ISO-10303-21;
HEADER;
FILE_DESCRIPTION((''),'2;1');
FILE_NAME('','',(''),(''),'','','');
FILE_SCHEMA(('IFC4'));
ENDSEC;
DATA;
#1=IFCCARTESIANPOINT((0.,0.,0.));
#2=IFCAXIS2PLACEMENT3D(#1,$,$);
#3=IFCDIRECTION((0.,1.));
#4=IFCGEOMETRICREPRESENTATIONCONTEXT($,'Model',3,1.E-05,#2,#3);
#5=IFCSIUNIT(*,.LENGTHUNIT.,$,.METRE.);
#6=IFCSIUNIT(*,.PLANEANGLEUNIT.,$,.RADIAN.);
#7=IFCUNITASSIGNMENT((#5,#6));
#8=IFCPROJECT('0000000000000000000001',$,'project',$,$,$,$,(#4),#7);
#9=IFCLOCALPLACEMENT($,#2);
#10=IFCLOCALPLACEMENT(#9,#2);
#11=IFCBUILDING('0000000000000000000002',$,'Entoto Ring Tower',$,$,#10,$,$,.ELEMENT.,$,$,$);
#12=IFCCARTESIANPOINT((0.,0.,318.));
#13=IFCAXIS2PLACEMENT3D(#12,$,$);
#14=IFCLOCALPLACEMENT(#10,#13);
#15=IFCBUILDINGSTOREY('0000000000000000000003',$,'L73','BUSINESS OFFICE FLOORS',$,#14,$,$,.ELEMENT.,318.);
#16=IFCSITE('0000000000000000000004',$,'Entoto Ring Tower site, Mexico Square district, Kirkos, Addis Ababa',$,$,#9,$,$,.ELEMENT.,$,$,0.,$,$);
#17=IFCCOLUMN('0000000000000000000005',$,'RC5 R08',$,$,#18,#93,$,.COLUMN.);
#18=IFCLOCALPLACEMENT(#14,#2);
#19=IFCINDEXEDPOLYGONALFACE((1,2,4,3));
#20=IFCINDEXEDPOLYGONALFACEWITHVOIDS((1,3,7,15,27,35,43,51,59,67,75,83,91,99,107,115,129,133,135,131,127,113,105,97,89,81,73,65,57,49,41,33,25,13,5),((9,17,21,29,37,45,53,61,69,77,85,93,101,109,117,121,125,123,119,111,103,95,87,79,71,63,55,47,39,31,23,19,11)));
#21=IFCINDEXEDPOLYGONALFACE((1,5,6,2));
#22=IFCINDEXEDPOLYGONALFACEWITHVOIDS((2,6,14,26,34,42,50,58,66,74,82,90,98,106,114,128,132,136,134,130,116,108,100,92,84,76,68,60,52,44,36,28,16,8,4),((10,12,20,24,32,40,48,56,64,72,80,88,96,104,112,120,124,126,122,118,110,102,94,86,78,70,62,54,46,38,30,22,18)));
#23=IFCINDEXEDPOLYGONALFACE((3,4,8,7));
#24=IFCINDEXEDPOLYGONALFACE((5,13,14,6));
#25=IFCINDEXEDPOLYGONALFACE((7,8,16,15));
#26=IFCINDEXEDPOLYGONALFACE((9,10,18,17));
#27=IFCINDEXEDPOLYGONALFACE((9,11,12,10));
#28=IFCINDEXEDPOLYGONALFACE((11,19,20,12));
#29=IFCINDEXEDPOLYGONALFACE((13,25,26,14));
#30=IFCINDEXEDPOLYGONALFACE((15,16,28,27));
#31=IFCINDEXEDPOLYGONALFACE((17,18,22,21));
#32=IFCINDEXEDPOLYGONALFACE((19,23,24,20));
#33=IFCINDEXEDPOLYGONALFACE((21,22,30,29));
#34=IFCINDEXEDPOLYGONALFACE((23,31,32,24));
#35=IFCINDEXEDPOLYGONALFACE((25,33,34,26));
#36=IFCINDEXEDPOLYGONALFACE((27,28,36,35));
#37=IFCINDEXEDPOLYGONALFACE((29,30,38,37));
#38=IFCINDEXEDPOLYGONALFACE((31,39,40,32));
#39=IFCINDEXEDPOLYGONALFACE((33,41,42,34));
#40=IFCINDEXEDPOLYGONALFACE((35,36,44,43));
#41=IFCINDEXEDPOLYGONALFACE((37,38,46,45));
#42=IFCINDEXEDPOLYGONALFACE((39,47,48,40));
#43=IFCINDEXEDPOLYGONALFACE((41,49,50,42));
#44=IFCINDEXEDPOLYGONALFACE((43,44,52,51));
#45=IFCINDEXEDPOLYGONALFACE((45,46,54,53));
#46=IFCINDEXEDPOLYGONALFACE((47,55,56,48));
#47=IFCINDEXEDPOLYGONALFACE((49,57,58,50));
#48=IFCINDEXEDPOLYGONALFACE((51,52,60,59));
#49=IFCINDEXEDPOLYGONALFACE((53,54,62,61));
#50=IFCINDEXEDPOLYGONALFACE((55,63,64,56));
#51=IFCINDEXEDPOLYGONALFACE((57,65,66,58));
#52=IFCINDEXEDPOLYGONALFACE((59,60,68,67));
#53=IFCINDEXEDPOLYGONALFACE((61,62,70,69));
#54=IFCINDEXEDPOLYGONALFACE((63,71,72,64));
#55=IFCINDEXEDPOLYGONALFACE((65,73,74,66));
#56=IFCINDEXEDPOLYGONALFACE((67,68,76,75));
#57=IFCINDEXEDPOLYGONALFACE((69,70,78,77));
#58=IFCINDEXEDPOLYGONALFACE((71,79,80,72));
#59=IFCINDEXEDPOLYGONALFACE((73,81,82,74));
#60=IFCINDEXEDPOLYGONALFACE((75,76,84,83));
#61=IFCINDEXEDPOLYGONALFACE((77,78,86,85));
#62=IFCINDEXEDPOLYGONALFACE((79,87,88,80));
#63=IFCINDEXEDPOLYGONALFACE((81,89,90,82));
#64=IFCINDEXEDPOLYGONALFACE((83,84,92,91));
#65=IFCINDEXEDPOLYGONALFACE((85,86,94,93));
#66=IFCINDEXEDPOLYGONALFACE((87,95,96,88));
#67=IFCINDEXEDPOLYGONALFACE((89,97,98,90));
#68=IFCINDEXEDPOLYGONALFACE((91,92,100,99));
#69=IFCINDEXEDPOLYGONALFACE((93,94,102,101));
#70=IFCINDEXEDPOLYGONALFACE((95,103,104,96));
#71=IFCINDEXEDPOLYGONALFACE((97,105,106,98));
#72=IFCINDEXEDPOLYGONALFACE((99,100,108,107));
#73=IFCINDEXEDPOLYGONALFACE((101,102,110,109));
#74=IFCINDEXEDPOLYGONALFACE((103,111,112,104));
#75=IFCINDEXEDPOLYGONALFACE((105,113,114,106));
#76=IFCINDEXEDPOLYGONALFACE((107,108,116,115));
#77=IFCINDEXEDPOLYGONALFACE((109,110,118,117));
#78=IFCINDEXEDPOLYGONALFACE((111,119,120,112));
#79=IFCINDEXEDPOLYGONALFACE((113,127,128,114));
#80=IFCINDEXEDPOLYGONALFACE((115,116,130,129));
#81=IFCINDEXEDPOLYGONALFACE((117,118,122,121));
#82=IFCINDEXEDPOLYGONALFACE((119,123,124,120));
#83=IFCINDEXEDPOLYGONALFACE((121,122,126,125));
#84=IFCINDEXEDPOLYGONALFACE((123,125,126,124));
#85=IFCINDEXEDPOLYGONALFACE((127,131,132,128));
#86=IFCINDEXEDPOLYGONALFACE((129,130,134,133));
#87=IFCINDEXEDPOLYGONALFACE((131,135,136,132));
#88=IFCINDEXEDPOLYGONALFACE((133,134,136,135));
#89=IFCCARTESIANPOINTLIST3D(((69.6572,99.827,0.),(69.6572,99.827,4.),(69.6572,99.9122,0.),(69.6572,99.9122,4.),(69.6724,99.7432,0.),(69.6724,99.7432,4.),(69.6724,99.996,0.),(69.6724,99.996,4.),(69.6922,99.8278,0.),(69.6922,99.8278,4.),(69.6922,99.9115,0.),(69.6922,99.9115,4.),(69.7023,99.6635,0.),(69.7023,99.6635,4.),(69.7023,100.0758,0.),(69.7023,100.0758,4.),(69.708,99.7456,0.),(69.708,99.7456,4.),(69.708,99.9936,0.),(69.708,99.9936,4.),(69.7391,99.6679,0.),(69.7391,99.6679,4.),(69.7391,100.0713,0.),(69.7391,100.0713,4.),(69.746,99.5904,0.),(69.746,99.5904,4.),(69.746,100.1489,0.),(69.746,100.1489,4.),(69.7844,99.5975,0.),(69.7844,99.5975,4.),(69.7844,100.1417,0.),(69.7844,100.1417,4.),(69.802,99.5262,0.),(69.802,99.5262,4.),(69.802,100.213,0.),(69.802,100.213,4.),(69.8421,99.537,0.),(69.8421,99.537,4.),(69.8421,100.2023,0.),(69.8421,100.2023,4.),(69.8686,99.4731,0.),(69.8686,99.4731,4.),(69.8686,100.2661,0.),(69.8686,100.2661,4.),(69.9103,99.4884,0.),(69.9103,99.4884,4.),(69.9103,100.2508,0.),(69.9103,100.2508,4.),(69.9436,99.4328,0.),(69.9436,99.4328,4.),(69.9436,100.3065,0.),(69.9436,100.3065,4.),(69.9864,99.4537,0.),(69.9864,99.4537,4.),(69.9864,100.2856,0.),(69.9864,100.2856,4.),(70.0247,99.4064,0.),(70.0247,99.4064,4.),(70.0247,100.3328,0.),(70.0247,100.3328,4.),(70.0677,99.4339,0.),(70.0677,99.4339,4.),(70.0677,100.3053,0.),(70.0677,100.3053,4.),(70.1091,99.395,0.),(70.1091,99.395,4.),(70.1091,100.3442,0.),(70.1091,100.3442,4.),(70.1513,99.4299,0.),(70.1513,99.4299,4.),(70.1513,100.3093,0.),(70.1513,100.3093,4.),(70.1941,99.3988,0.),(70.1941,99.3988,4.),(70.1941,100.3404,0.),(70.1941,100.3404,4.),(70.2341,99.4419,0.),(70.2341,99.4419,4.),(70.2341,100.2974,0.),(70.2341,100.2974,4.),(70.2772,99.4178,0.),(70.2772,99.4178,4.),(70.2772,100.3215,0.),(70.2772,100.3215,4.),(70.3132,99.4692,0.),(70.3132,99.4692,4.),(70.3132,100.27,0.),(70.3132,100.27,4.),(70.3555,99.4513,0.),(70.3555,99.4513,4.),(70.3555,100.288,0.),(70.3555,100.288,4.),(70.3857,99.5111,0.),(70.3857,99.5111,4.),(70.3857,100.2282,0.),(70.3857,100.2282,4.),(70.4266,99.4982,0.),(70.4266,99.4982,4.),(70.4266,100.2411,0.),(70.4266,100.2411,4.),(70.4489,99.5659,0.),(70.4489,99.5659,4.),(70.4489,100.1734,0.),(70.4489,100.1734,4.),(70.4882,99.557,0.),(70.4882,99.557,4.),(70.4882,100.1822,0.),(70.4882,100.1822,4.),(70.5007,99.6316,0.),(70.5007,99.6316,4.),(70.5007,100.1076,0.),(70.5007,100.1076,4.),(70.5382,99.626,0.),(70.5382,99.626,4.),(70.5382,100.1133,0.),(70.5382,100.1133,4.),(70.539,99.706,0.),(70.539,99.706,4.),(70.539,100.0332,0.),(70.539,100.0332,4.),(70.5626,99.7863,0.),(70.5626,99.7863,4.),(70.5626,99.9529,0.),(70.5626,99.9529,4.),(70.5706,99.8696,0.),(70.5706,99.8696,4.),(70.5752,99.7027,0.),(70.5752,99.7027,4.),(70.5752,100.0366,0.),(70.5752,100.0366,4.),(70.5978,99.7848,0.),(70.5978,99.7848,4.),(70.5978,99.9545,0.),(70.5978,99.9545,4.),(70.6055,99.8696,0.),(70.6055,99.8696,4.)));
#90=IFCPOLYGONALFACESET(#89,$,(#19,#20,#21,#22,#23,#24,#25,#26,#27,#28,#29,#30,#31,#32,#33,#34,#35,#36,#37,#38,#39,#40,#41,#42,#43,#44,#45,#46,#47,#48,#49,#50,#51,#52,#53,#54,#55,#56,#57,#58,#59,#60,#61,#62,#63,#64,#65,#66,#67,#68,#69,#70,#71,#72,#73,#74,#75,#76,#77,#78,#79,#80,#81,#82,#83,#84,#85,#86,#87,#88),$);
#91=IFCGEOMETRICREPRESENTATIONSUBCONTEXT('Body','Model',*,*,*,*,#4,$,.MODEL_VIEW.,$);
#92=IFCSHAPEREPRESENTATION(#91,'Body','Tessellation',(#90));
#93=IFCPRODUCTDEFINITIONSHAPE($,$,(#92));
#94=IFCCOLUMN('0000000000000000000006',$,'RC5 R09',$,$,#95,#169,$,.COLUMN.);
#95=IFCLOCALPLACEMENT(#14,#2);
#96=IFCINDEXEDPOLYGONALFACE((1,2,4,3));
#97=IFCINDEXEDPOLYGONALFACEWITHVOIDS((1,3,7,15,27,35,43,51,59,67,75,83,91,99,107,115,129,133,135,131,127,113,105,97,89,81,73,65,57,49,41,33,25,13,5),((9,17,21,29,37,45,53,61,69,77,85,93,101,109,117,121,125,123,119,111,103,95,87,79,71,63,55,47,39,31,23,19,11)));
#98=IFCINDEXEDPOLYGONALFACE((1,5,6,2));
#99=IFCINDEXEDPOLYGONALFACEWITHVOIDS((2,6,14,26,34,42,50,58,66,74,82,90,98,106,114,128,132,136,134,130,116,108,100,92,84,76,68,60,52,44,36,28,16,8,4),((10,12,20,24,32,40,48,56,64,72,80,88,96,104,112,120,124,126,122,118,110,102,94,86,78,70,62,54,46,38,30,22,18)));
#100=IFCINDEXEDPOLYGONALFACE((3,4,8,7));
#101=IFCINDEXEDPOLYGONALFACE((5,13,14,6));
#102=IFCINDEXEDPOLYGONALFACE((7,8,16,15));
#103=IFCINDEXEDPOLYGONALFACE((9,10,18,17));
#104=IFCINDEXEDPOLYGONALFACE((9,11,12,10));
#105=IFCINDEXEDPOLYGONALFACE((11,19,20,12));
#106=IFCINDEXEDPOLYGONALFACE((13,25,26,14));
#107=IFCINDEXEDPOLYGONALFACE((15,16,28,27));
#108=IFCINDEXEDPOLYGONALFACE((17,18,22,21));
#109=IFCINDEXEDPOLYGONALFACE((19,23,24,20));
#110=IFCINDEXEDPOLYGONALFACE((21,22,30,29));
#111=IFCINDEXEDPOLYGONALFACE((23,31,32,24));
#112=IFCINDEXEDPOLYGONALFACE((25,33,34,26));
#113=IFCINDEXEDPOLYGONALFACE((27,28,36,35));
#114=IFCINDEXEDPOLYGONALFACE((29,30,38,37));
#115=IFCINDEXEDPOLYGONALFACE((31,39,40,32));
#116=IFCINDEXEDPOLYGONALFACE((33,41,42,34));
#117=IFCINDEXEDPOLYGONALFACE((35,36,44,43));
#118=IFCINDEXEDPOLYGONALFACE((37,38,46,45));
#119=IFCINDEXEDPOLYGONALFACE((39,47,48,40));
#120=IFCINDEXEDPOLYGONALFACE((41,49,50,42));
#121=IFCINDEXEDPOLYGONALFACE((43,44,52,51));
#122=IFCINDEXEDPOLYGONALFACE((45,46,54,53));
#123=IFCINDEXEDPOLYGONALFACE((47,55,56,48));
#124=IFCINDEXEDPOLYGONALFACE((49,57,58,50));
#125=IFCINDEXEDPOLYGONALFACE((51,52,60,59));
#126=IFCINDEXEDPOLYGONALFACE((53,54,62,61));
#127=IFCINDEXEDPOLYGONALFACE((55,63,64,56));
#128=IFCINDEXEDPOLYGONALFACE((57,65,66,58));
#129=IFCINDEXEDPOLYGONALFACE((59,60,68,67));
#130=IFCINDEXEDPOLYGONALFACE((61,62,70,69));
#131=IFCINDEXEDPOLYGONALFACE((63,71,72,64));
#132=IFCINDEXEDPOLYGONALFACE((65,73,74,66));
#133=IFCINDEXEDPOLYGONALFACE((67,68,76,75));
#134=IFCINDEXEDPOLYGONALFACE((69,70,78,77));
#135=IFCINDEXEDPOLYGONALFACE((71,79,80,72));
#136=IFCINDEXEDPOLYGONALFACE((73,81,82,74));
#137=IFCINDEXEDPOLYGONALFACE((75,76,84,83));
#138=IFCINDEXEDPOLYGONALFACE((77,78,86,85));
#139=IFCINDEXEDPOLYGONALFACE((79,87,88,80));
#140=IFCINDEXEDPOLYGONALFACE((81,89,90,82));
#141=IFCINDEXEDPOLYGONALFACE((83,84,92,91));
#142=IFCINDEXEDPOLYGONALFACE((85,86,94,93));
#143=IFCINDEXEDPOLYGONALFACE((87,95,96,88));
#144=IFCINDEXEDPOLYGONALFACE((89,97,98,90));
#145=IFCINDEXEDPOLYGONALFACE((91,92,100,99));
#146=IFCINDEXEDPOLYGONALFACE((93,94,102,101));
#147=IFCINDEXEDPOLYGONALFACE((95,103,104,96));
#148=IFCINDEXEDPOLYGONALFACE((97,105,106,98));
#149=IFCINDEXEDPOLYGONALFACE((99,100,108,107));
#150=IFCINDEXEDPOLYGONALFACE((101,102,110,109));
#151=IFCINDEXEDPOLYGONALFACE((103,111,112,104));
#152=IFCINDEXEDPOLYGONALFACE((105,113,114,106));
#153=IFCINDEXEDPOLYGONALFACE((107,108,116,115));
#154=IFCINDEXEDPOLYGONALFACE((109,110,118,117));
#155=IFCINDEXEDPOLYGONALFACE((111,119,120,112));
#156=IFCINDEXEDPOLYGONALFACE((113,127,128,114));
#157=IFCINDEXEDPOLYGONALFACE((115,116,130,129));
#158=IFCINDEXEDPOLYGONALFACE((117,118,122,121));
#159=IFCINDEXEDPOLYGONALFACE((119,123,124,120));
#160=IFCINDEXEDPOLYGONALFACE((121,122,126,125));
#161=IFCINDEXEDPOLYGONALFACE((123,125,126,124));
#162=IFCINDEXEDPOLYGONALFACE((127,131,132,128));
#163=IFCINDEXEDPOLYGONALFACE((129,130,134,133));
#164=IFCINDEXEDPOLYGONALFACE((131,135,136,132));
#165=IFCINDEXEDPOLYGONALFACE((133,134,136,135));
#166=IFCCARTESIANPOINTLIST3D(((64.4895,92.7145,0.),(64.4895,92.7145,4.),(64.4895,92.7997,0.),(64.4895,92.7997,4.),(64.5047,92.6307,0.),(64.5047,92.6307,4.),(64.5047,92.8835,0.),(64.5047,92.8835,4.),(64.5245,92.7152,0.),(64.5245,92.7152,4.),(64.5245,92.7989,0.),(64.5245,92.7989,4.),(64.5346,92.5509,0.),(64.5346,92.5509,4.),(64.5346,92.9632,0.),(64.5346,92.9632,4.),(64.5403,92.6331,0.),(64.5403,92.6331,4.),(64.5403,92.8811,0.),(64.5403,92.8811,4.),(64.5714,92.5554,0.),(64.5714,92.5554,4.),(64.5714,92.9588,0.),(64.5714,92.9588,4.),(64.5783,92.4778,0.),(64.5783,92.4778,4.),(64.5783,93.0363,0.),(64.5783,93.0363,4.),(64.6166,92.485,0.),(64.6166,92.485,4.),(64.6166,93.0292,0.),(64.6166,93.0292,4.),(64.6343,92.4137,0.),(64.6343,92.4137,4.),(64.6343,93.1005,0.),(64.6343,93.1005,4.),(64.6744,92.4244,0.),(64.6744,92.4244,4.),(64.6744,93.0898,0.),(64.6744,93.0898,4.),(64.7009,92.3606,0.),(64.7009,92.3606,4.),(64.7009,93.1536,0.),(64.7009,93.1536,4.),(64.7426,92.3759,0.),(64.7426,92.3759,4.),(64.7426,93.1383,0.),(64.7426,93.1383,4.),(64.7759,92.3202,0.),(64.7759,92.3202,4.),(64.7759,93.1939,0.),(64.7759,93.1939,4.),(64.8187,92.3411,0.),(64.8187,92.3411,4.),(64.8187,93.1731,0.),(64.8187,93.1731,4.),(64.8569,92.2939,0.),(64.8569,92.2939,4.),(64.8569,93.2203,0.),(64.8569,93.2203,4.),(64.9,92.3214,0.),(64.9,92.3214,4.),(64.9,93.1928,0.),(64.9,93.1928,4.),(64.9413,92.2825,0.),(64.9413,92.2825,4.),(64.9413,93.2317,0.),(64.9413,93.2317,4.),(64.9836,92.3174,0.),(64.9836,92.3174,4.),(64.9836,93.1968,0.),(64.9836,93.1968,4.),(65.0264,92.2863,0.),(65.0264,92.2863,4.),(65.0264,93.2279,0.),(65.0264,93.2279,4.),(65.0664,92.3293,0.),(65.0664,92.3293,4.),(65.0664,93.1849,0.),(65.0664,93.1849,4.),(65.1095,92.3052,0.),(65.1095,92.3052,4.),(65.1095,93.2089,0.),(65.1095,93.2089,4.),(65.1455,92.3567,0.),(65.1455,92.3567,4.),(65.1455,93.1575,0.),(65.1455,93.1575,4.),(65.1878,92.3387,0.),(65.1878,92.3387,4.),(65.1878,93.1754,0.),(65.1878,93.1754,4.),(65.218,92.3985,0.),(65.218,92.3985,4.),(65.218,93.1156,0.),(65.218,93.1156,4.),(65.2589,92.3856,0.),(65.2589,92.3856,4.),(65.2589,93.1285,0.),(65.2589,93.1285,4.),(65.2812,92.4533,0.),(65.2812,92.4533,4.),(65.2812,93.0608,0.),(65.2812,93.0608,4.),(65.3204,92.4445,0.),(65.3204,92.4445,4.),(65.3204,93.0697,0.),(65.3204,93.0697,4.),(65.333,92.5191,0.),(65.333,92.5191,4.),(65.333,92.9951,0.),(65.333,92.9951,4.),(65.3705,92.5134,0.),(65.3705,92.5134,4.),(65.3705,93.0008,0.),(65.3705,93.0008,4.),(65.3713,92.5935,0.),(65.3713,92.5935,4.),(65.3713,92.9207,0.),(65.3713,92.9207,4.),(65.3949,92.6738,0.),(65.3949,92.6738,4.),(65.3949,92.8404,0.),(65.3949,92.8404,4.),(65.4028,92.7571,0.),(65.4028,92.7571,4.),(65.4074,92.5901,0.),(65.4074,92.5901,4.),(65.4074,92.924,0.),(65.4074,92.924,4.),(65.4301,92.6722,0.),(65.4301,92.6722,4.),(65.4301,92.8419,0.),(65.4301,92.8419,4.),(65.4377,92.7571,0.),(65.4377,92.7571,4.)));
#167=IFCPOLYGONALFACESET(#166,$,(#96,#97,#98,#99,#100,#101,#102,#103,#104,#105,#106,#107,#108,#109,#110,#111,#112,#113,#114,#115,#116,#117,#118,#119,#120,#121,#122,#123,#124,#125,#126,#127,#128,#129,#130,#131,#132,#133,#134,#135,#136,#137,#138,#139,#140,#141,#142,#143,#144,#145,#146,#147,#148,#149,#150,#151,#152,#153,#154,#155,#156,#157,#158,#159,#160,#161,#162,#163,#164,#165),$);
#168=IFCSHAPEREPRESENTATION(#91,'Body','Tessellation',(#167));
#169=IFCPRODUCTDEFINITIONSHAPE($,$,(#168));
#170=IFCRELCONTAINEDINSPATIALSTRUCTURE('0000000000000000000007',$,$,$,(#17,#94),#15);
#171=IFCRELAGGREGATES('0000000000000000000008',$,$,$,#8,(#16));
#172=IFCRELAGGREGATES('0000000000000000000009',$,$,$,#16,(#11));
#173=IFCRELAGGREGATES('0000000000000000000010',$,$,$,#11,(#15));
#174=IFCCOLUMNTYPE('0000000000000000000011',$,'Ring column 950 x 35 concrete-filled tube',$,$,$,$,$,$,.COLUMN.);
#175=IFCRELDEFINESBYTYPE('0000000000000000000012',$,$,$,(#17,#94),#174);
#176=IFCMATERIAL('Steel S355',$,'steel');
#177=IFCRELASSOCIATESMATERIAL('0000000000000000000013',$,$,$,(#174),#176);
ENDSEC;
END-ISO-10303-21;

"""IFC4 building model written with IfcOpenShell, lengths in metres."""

from ifc_helpers import new_model, si_unit, direction, frame, origin, origin_2d, place, context, subcontext, project, spatial, circle, hollow_circle, extrude, material, material_profile, profile_set, type_object, element, save


model = new_model("IFC4")

# Units and contexts
model_context = context("Model", 3, precision=1e-05, world=origin(), true_north=direction((0.0, 1.0)))
body_context = subcontext(model_context, "Body", "Model", "MODEL_VIEW")
ifc_project = project(units=[si_unit("LENGTHUNIT", "METRE"), si_unit("PLANEANGLEUNIT", "RADIAN")], contexts=[model_context])

# Site, building, storey
site_placement = place(None, origin())
site = spatial("IfcSite", under=ifc_project, at=site_placement, Name="Entoto Ring Tower site, Mexico Square district, Kirkos, Addis Ababa", CompositionType="ELEMENT", RefElevation=0.0)
building_placement = place(site_placement, origin())
building = spatial("IfcBuilding", under=site, at=building_placement, Name="Entoto Ring Tower", CompositionType="ELEMENT")
storey_placement = place(building_placement, frame((0.0, 0.0, 318.0)))
storey = spatial("IfcBuildingStorey", under=building, at=storey_placement, Name="L73", Description="BUSINESS OFFICE FLOORS", CompositionType="ELEMENT", Elevation=318.0)

# Columns
ifc_material_1 = material(Name="Steel S355", Category="steel")
ifc_material_profile_1 = material_profile(ifc_material_1, hollow_circle(Radius=0.4751, WallThickness=0.0349, at=origin_2d()), Name="CHS 950 x 35")
ifc_material_2 = material(Name="Concrete C60/75", Category="concrete")
ifc_material_profile_2 = material_profile(ifc_material_2, circle(Radius=0.4399, at=origin_2d()), Name="Concrete C60/75 infill")
ifc_profile_set_1 = profile_set([ifc_material_profile_1, ifc_material_profile_2], Name="Steel S355")
column_type = type_object("IfcColumnType", Name="Ring column 950 x 35 concrete-filled tube", PredefinedType="COLUMN", material=ifc_profile_set_1)
for number, where, z_axis, x_axis, name in (
    (1, (70.1304, 99.8696, 0.0), (0.0, 0.0, 1.0), (1.0, 0.0, 0.0), "RC5 R08"),
    (2, (64.9626, 92.7571, 0.0), (0.0, 0.0, 1.0), (1.0, 0.0, 0.0), "RC5 R09"),
):
    element("IfcColumn", number, at=place(storey_placement, frame(where, z_axis=z_axis, x_axis=x_axis)), inside=storey, type_object=column_type, Name=name, PredefinedType="COLUMN", context=body_context, shape_type="SweptSolid", body=[
        extrude(hollow_circle(Radius=0.4751, WallThickness=0.0349, at=origin_2d()), origin(), (0.0, 0.0, 1.0), 4.0),
    ])

save(model, "model.ifc")
